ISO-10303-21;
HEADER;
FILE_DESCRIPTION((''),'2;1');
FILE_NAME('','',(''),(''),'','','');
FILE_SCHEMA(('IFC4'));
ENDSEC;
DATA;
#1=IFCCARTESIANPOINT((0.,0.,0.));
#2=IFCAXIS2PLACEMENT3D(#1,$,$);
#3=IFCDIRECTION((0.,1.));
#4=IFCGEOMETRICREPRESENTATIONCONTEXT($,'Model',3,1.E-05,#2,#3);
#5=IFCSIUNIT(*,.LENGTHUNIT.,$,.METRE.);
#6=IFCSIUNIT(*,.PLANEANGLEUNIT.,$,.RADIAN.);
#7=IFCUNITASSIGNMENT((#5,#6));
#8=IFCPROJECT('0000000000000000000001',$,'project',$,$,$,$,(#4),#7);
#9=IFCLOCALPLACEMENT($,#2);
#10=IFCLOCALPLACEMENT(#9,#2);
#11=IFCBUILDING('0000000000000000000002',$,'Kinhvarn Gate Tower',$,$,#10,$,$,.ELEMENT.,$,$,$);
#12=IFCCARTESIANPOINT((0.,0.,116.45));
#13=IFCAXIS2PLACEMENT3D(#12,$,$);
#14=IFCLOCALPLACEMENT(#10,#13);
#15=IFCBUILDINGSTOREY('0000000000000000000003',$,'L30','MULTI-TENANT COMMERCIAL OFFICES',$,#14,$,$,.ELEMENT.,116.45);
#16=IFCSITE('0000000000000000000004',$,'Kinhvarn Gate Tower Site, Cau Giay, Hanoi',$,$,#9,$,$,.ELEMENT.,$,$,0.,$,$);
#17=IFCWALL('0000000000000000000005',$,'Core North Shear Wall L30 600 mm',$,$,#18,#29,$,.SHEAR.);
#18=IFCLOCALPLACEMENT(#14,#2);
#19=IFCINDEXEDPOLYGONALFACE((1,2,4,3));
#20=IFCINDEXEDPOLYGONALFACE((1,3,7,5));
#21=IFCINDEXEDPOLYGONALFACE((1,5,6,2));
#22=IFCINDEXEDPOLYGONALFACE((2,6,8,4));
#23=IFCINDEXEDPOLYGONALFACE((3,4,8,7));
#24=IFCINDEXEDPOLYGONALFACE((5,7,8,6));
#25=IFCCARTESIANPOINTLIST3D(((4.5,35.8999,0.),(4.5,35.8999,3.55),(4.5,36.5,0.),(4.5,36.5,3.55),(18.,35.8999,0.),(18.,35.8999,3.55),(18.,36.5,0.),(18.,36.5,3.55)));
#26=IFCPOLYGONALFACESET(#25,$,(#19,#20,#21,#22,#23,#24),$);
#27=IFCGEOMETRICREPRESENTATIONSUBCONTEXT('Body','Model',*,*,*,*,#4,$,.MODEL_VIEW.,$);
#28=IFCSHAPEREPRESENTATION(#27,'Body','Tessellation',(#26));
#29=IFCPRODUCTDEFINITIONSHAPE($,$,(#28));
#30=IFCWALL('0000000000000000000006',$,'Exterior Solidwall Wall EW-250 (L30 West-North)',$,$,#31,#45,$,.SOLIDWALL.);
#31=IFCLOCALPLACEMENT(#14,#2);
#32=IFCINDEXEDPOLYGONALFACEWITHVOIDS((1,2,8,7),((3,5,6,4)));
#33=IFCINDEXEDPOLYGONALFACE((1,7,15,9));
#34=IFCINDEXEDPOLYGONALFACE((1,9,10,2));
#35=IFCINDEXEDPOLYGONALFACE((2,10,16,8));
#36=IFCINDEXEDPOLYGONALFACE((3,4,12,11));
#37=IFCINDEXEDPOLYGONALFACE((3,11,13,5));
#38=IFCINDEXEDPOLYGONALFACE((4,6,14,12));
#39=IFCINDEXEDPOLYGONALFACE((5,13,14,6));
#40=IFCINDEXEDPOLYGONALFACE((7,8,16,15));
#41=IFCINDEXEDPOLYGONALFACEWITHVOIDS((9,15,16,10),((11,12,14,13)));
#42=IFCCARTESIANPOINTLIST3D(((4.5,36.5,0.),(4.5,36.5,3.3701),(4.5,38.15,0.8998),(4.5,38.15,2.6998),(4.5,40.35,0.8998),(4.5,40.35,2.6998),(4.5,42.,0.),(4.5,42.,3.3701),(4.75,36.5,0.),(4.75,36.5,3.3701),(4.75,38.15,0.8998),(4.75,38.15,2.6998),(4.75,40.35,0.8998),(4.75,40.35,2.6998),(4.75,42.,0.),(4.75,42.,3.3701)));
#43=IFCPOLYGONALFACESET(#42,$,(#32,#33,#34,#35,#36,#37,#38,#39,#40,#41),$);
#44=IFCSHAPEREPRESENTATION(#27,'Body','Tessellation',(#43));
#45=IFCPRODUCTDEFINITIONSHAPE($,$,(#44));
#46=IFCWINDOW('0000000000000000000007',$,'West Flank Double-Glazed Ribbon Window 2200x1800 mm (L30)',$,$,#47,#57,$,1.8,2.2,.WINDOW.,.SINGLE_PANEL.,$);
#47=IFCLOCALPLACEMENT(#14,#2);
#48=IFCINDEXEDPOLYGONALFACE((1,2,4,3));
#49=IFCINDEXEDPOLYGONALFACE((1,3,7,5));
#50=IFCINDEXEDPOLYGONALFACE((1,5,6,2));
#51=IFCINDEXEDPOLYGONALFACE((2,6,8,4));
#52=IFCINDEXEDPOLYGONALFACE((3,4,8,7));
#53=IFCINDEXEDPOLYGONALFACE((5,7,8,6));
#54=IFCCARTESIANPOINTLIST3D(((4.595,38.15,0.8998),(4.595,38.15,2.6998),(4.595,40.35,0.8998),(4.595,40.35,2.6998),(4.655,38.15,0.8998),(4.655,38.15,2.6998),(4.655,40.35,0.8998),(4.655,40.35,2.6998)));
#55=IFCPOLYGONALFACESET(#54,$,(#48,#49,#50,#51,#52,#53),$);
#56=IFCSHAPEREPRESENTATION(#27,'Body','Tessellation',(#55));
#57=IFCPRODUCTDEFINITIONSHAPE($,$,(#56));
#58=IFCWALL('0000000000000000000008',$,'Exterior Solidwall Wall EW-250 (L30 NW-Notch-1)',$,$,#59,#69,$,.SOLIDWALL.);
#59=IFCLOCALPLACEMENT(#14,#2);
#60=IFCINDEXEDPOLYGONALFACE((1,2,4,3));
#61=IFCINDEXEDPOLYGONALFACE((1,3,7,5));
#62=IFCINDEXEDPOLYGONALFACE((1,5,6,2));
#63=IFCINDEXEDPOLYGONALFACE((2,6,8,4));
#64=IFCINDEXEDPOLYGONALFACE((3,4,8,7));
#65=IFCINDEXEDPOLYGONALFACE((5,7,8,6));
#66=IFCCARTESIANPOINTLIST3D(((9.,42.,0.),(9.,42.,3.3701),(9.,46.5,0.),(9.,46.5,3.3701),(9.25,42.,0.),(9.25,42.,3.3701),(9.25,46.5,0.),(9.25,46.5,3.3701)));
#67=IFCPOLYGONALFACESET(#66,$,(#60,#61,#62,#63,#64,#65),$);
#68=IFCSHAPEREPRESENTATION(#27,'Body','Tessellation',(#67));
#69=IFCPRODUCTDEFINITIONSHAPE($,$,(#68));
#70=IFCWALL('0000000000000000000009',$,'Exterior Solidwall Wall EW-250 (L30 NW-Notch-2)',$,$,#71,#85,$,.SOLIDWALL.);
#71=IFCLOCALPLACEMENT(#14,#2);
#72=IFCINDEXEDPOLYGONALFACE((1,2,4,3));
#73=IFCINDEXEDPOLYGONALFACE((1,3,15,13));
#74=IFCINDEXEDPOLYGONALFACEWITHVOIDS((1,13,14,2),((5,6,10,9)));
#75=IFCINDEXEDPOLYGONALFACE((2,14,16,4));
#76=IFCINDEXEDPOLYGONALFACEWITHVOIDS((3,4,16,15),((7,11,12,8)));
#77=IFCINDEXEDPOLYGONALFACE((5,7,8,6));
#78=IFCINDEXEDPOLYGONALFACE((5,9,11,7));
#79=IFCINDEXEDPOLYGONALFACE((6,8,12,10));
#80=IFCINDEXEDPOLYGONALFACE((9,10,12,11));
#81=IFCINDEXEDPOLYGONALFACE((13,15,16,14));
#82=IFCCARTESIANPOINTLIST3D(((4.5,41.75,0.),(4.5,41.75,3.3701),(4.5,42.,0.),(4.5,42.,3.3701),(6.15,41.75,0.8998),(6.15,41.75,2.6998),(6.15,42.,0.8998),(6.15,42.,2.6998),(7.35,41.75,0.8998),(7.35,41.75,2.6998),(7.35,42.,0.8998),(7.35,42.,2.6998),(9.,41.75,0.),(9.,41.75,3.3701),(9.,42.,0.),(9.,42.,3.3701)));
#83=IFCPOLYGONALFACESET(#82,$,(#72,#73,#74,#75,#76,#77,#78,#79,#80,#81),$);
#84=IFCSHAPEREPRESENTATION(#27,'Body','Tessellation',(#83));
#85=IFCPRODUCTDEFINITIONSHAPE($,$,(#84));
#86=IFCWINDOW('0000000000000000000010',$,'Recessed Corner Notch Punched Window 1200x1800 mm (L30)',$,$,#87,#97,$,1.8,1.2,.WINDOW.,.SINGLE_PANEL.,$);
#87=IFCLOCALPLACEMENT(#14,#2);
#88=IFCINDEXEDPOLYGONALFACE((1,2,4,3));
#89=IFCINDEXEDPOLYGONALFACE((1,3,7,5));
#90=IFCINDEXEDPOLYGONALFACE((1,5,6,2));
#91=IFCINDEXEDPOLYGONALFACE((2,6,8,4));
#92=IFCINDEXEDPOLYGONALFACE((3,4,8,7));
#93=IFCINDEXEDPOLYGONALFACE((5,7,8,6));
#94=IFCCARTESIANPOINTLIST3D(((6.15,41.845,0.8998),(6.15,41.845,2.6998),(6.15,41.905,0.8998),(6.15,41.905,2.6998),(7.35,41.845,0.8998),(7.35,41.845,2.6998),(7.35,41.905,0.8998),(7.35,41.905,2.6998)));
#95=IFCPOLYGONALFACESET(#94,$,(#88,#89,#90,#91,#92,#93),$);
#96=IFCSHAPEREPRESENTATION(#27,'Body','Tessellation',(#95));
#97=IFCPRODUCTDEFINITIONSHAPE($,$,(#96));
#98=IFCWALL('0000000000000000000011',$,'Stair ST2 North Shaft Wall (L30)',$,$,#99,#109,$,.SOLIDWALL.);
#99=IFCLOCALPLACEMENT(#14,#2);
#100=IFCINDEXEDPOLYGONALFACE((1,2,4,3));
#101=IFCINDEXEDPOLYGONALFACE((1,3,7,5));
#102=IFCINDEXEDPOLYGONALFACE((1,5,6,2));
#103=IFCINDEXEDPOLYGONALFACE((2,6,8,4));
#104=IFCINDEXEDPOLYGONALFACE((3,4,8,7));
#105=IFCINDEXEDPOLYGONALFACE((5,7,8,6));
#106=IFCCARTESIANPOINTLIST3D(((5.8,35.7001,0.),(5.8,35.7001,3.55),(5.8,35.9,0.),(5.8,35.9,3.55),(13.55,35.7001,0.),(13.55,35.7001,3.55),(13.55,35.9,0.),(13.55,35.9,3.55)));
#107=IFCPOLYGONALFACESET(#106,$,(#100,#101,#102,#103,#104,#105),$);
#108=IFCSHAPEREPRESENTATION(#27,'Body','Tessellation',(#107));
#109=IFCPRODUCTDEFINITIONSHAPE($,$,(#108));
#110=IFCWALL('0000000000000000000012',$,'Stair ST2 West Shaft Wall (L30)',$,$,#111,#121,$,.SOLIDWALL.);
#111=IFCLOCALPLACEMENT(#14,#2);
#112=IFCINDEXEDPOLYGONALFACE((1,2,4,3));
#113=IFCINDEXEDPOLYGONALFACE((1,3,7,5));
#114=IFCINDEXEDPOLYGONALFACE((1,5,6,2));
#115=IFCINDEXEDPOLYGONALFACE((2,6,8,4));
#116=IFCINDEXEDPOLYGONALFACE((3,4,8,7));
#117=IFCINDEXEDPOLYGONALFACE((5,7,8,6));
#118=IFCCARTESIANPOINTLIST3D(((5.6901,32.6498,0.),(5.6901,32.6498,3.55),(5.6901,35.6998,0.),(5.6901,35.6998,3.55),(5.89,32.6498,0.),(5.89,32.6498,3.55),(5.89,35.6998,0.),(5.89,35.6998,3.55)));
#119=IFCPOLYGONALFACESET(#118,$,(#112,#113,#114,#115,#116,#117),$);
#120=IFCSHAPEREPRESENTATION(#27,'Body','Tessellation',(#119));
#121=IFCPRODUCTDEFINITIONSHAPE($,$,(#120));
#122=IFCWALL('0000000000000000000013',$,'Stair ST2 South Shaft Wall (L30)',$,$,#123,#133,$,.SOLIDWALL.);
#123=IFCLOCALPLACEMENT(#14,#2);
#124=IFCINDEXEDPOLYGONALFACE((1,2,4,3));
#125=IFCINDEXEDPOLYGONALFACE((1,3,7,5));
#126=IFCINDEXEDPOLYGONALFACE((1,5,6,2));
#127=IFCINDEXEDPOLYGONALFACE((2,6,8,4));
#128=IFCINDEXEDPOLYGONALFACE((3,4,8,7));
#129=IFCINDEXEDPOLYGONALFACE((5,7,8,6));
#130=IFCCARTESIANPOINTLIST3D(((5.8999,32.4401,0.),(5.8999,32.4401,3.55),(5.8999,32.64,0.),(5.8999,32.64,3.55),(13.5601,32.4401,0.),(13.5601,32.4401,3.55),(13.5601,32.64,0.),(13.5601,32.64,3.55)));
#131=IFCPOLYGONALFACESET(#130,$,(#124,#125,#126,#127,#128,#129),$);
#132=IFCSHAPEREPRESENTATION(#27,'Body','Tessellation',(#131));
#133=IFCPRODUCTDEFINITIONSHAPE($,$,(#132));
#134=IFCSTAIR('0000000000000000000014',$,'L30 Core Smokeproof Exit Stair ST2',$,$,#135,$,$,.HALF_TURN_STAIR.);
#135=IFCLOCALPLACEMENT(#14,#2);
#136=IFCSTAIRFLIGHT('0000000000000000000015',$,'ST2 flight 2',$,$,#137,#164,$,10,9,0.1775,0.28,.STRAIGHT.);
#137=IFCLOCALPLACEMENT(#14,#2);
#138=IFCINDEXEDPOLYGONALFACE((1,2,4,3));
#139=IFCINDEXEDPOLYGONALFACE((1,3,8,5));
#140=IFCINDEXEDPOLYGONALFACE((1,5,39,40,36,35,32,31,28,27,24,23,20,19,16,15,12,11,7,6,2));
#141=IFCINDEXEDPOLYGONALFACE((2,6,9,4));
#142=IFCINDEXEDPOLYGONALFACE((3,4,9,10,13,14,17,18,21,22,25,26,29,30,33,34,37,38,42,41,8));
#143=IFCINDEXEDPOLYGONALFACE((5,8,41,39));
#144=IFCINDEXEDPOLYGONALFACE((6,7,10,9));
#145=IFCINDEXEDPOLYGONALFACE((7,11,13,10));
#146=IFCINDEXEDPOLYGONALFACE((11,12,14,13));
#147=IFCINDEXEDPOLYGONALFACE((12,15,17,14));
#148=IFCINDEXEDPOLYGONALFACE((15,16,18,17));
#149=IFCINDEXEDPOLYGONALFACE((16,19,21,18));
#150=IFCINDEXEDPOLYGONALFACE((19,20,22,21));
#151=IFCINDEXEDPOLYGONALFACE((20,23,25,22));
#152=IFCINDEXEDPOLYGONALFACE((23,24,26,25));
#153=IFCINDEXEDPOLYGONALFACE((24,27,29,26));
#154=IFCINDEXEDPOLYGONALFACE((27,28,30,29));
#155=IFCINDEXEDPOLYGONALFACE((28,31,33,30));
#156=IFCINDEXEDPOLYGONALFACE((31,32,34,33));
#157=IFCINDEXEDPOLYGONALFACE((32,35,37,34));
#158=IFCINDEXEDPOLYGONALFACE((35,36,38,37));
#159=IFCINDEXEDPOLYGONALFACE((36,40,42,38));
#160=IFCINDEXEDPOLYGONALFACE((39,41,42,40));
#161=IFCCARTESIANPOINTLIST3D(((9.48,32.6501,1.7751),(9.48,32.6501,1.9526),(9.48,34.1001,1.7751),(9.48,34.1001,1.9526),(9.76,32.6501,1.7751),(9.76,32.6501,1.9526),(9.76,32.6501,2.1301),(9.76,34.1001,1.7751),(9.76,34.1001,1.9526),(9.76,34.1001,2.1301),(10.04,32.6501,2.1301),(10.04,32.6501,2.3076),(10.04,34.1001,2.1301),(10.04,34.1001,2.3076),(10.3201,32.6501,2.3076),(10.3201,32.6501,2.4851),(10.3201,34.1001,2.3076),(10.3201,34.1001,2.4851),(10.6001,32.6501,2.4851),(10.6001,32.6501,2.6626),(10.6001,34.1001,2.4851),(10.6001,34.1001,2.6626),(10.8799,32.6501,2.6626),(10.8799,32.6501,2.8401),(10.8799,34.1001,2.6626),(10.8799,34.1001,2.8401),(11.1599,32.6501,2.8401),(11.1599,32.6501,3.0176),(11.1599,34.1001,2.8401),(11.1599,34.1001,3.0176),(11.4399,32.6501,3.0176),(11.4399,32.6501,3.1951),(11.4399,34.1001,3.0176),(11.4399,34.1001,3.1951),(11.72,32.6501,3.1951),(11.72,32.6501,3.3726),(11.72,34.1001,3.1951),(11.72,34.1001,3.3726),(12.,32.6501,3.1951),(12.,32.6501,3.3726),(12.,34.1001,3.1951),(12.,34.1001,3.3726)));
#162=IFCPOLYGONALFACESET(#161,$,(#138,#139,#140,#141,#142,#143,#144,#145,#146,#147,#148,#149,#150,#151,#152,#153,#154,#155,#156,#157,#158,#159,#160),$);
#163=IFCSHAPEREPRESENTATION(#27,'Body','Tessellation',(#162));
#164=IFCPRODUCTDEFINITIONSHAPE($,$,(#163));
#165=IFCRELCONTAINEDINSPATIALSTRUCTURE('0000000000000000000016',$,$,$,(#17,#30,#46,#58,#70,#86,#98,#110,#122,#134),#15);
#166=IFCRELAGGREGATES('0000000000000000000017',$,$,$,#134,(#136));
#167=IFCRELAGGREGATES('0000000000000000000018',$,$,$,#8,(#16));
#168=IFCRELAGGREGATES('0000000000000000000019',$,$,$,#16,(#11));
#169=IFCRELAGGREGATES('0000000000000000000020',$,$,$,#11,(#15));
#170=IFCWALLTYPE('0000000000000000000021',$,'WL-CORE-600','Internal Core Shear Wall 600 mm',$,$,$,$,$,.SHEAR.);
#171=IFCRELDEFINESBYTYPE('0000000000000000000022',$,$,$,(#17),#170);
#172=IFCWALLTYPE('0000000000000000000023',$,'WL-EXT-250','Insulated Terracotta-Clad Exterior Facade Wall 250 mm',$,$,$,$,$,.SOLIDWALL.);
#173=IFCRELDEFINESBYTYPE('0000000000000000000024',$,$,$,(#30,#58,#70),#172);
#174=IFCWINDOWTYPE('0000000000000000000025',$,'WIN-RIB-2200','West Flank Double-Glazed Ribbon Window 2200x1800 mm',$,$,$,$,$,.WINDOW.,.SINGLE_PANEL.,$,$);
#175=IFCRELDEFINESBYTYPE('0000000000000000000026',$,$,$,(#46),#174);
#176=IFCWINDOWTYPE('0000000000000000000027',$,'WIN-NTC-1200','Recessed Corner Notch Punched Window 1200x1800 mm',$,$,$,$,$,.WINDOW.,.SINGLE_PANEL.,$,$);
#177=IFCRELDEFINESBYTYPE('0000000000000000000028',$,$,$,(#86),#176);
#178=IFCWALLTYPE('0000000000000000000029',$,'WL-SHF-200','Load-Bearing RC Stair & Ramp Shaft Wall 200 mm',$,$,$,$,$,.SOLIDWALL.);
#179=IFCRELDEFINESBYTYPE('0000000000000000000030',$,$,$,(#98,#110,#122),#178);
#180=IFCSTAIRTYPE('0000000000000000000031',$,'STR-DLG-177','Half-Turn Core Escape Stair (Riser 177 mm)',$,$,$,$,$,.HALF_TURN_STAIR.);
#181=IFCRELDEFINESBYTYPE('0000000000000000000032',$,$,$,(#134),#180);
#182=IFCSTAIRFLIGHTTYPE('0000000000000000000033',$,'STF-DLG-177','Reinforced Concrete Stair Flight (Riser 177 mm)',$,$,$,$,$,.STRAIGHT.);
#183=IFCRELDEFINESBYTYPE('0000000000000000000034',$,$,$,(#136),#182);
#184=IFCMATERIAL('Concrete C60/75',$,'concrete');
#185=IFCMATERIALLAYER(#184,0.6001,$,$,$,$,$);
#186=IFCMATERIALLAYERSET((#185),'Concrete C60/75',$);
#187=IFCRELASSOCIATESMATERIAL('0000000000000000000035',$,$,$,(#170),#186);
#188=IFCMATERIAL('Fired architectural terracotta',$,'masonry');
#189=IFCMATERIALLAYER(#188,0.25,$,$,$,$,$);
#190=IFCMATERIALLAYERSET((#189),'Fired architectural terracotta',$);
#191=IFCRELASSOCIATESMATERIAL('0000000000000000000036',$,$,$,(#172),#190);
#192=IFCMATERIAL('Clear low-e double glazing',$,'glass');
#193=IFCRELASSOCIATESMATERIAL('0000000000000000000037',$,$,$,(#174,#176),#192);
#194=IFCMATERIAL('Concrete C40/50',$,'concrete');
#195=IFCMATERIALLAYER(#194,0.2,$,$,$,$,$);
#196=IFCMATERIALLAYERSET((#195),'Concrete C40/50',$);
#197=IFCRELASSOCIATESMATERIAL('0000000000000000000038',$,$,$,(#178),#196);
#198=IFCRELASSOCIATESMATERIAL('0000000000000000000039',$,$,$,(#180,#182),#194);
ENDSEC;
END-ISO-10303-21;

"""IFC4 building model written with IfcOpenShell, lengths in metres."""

from ifc_helpers import new_model, si_unit, direction, frame, frame_2d, origin, place, context, subcontext, project, spatial, polyline, rectangle, outline, extrude, material, layer, layer_set, type_object, element, fill, aggregate, save


model = new_model("IFC4")

# Units and contexts
model_context = context("Model", 3, precision=1e-05, world=origin(), true_north=direction((0.0, 1.0)))
body_context = subcontext(model_context, "Body", "Model", "MODEL_VIEW")
ifc_project = project(units=[si_unit("LENGTHUNIT", "METRE"), si_unit("PLANEANGLEUNIT", "RADIAN")], contexts=[model_context])

# Site, building, storey
site_placement = place(None, origin())
site = spatial("IfcSite", under=ifc_project, at=site_placement, Name="Kinhvarn Gate Tower Site, Cau Giay, Hanoi", CompositionType="ELEMENT", RefElevation=0.0)
building_placement = place(site_placement, origin())
building = spatial("IfcBuilding", under=site, at=building_placement, Name="Kinhvarn Gate Tower", CompositionType="ELEMENT")
storey_placement = place(building_placement, frame((0.0, 0.0, 116.45)))
storey = spatial("IfcBuildingStorey", under=building, at=storey_placement, Name="L30", Description="MULTI-TENANT COMMERCIAL OFFICES", CompositionType="ELEMENT", Elevation=116.45)

# Shared definitions
ifc_material_1 = material(Name="Concrete C60/75", Category="concrete")

# Shared definitions
ifc_material_2 = material(Name="Clear low-e double glazing", Category="glass")

# Wall
ifc_layer_1 = layer(ifc_material_1, 0.6001)
ifc_layer_set_1 = layer_set([ifc_layer_1], Name="Concrete C60/75")
wall_type_1 = type_object("IfcWallType", Name="WL-CORE-600", Description="Internal Core Shear Wall 600 mm", PredefinedType="SHEAR", material=ifc_layer_set_1)
wall_1_placement = place(storey_placement, frame((4.5, 36.2, 0.0), z_axis=(0.0, 0.0, 1.0), x_axis=(1.0, 0.0, 0.0)))
element("IfcWall", 1, at=wall_1_placement, inside=storey, type_object=wall_type_1, Name="Core North Shear Wall L30 600 mm", PredefinedType="SHEAR", context=body_context, shape_type="SweptSolid", body=[
    extrude(rectangle(XDim=13.5, YDim=0.6001, at=frame_2d((6.75, 0.0))), origin(), (0.0, 0.0, 1.0), 3.55),
])

# Wall, opening, window
ifc_material_3 = material(Name="Fired architectural terracotta", Category="masonry")
ifc_layer_2 = layer(ifc_material_3, 0.25)
ifc_layer_set_2 = layer_set([ifc_layer_2], Name="Fired architectural terracotta")
wall_type_2 = type_object("IfcWallType", Name="WL-EXT-250", Description="Insulated Terracotta-Clad Exterior Facade Wall 250 mm", PredefinedType="SOLIDWALL", material=ifc_layer_set_2)
wall_2_placement = place(storey_placement, frame((4.625, 42.0, 0.0), z_axis=(0.0, 0.0, 1.0), x_axis=(0.0, -1.0, 0.0)))
wall_2 = element("IfcWall", 2, at=wall_2_placement, inside=storey, type_object=wall_type_2, Name="Exterior Solidwall Wall EW-250 (L30 West-North)", PredefinedType="SOLIDWALL", context=body_context, shape_type="SweptSolid", body=[
    extrude(rectangle(XDim=5.5, YDim=0.25, at=frame_2d((2.75, 0.0))), origin(), (0.0, 0.0, 1.0), 3.3701),
])
opening_1_placement = place(wall_2_placement, frame((1.6499, 0.0, 0.8999)))
opening_1 = element("IfcOpeningElement", 3, at=opening_1_placement, cuts=wall_2, PredefinedType="OPENING", context=body_context, shape_type="SweptSolid", body=[
    extrude(rectangle(XDim=2.2, YDim=1.8, at=frame_2d((1.1001, 0.8999))), frame((0.0, 0.135, 0.0), z_axis=(0.0, -1.0, 0.0), x_axis=(1.0, 0.0, 0.0)), (0.0, 0.0, 1.0), 0.27),
])
window_type_1 = type_object("IfcWindowType", Name="WIN-RIB-2200", Description="West Flank Double-Glazed Ribbon Window 2200x1800 mm", PartitioningType="SINGLE_PANEL", PredefinedType="WINDOW", material=ifc_material_2)
window_1_placement = place(opening_1_placement, origin())
window_1 = element("IfcWindow", 4, at=window_1_placement, inside=storey, type_object=window_type_1, Name="West Flank Double-Glazed Ribbon Window 2200x1800 mm (L30)", OverallHeight=1.8, OverallWidth=2.2, PartitioningType="SINGLE_PANEL", PredefinedType="WINDOW", context=body_context, shape_type="SweptSolid", body=[
    extrude(rectangle(XDim=2.2, YDim=1.8, at=frame_2d((1.1001, 0.8999))), frame((0.0, 0.03, 0.0), z_axis=(0.0, -1.0, 0.0), x_axis=(1.0, 0.0, 0.0)), (0.0, 0.0, 1.0), 0.0601),
])
fill(opening_1, window_1)

# Wall
wall_3_placement = place(storey_placement, frame((9.125, 46.5, 0.0), z_axis=(0.0, 0.0, 1.0), x_axis=(0.0, -1.0, 0.0)))
element("IfcWall", 5, at=wall_3_placement, inside=storey, type_object=wall_type_2, Name="Exterior Solidwall Wall EW-250 (L30 NW-Notch-1)", PredefinedType="SOLIDWALL", context=body_context, shape_type="SweptSolid", body=[
    extrude(rectangle(XDim=4.5, YDim=0.25, at=frame_2d((2.25, 0.0))), origin(), (0.0, 0.0, 1.0), 3.3701),
])

# Wall, opening, window
wall_4_placement = place(storey_placement, frame((9.0, 41.875, 0.0), z_axis=(0.0, 0.0, 1.0), x_axis=(-1.0, 0.0, 0.0)))
wall_4 = element("IfcWall", 6, at=wall_4_placement, inside=storey, type_object=wall_type_2, Name="Exterior Solidwall Wall EW-250 (L30 NW-Notch-2)", PredefinedType="SOLIDWALL", context=body_context, shape_type="SweptSolid", body=[
    extrude(rectangle(XDim=4.5, YDim=0.25, at=frame_2d((2.25, 0.0))), origin(), (0.0, 0.0, 1.0), 3.3701),
])
opening_2_placement = place(wall_4_placement, frame((1.6499, 0.0, 0.8999)))
opening_2 = element("IfcOpeningElement", 7, at=opening_2_placement, cuts=wall_4, PredefinedType="OPENING", context=body_context, shape_type="SweptSolid", body=[
    extrude(rectangle(XDim=1.2, YDim=1.8, at=frame_2d((0.6001, 0.8999))), frame((0.0, 0.135, 0.0), z_axis=(0.0, -1.0, 0.0), x_axis=(1.0, 0.0, 0.0)), (0.0, 0.0, 1.0), 0.27),
])
window_type_2 = type_object("IfcWindowType", Name="WIN-NTC-1200", Description="Recessed Corner Notch Punched Window 1200x1800 mm", PartitioningType="SINGLE_PANEL", PredefinedType="WINDOW", material=ifc_material_2)
window_2_placement = place(opening_2_placement, origin())
window_2 = element("IfcWindow", 8, at=window_2_placement, inside=storey, type_object=window_type_2, Name="Recessed Corner Notch Punched Window 1200x1800 mm (L30)", OverallHeight=1.8, OverallWidth=1.2, PartitioningType="SINGLE_PANEL", PredefinedType="WINDOW", context=body_context, shape_type="SweptSolid", body=[
    extrude(rectangle(XDim=1.2, YDim=1.8, at=frame_2d((0.6001, 0.8999))), frame((0.0, 0.03, 0.0), z_axis=(0.0, -1.0, 0.0), x_axis=(1.0, 0.0, 0.0)), (0.0, 0.0, 1.0), 0.0601),
])
fill(opening_2, window_2)

# Walls
ifc_material_4 = material(Name="Concrete C40/50", Category="concrete")
ifc_layer_3 = layer(ifc_material_4, 0.2)
ifc_layer_set_3 = layer_set([ifc_layer_3], Name="Concrete C40/50")
wall_type_3 = type_object("IfcWallType", Name="WL-SHF-200", Description="Load-Bearing RC Stair & Ramp Shaft Wall 200 mm", PredefinedType="SOLIDWALL", material=ifc_layer_set_3)
wall_5_placement = place(storey_placement, frame((5.8, 35.8, 0.0), z_axis=(0.0, 0.0, 1.0), x_axis=(1.0, 0.0, 0.0)))
element("IfcWall", 9, at=wall_5_placement, inside=storey, type_object=wall_type_3, Name="Stair ST2 North Shaft Wall (L30)", PredefinedType="SOLIDWALL", context=body_context, shape_type="SweptSolid", body=[
    extrude(rectangle(XDim=7.75, YDim=0.2, at=frame_2d((3.875, 0.0))), origin(), (0.0, 0.0, 1.0), 3.55),
])
wall_6_placement = place(storey_placement, frame((5.79, 32.6499, 0.0), z_axis=(0.0, 0.0, 1.0), x_axis=(0.0, 1.0, 0.0)))
element("IfcWall", 10, at=wall_6_placement, inside=storey, type_object=wall_type_3, Name="Stair ST2 West Shaft Wall (L30)", PredefinedType="SOLIDWALL", context=body_context, shape_type="SweptSolid", body=[
    extrude(rectangle(XDim=3.05, YDim=0.2, at=frame_2d((1.5249, 0.0))), origin(), (0.0, 0.0, 1.0), 3.55),
])
wall_7_placement = place(storey_placement, frame((5.8999, 32.54, 0.0), z_axis=(0.0, 0.0, 1.0), x_axis=(1.0, 0.0, 0.0)))
element("IfcWall", 11, at=wall_7_placement, inside=storey, type_object=wall_type_3, Name="Stair ST2 South Shaft Wall (L30)", PredefinedType="SOLIDWALL", context=body_context, shape_type="SweptSolid", body=[
    extrude(rectangle(XDim=7.6602, YDim=0.2, at=frame_2d((3.8301, 0.0))), origin(), (0.0, 0.0, 1.0), 3.55),
])

# Stair, stair flight
stair_type = type_object("IfcStairType", Name="STR-DLG-177", Description="Half-Turn Core Escape Stair (Riser 177 mm)", PredefinedType="HALF_TURN_STAIR", material=ifc_material_4)
stair_placement = place(storey_placement, origin())
stair = element("IfcStair", 12, at=stair_placement, inside=storey, type_object=stair_type, Name="L30 Core Smokeproof Exit Stair ST2", PredefinedType="HALF_TURN_STAIR")
stair_flight_type = type_object("IfcStairFlightType", Name="STF-DLG-177", Description="Reinforced Concrete Stair Flight (Riser 177 mm)", PredefinedType="STRAIGHT", material=ifc_material_4)
stair_flight_placement = place(storey_placement, frame((9.48, 33.375, 1.7751), z_axis=(0.0, 0.0, 1.0), x_axis=(1.0, 0.0, 0.0)))
stair_flight = element("IfcStairFlight", 13, at=stair_flight_placement, type_object=stair_flight_type, Name="ST2 flight 2", NumberOfRisers=10, NumberOfTreads=9, PredefinedType="STRAIGHT", RiserHeight=0.1775, TreadLength=0.28, context=body_context, shape_type="SweptSolid", body=[
    extrude(outline(polyline([(0.0, 0.0), (0.0, 0.1775), (0.28, 0.1775), (0.28, 0.355), (0.5601, 0.355), (0.5601, 0.5325), (0.8401, 0.5325), (0.8401, 0.71), (1.1201, 0.71), (1.1201, 0.8875), (1.3999, 0.8875), (1.3999, 1.0649), (1.6799, 1.0649), (1.6799, 1.2424), (1.96, 1.2424), (1.96, 1.4199), (2.24, 1.4199), (2.24, 1.5974), (2.52, 1.5974), (2.52, 1.7749), (2.52, 1.4199), (0.28, 0.0), (0.0, 0.0)])), frame((0.0, 0.7251, 0.0), z_axis=(0.0, -1.0, 0.0), x_axis=(1.0, 0.0, 0.0)), (0.0, 0.0, 1.0), 1.45),
])
aggregate(stair, [stair_flight])

save(model, "model.ifc")
